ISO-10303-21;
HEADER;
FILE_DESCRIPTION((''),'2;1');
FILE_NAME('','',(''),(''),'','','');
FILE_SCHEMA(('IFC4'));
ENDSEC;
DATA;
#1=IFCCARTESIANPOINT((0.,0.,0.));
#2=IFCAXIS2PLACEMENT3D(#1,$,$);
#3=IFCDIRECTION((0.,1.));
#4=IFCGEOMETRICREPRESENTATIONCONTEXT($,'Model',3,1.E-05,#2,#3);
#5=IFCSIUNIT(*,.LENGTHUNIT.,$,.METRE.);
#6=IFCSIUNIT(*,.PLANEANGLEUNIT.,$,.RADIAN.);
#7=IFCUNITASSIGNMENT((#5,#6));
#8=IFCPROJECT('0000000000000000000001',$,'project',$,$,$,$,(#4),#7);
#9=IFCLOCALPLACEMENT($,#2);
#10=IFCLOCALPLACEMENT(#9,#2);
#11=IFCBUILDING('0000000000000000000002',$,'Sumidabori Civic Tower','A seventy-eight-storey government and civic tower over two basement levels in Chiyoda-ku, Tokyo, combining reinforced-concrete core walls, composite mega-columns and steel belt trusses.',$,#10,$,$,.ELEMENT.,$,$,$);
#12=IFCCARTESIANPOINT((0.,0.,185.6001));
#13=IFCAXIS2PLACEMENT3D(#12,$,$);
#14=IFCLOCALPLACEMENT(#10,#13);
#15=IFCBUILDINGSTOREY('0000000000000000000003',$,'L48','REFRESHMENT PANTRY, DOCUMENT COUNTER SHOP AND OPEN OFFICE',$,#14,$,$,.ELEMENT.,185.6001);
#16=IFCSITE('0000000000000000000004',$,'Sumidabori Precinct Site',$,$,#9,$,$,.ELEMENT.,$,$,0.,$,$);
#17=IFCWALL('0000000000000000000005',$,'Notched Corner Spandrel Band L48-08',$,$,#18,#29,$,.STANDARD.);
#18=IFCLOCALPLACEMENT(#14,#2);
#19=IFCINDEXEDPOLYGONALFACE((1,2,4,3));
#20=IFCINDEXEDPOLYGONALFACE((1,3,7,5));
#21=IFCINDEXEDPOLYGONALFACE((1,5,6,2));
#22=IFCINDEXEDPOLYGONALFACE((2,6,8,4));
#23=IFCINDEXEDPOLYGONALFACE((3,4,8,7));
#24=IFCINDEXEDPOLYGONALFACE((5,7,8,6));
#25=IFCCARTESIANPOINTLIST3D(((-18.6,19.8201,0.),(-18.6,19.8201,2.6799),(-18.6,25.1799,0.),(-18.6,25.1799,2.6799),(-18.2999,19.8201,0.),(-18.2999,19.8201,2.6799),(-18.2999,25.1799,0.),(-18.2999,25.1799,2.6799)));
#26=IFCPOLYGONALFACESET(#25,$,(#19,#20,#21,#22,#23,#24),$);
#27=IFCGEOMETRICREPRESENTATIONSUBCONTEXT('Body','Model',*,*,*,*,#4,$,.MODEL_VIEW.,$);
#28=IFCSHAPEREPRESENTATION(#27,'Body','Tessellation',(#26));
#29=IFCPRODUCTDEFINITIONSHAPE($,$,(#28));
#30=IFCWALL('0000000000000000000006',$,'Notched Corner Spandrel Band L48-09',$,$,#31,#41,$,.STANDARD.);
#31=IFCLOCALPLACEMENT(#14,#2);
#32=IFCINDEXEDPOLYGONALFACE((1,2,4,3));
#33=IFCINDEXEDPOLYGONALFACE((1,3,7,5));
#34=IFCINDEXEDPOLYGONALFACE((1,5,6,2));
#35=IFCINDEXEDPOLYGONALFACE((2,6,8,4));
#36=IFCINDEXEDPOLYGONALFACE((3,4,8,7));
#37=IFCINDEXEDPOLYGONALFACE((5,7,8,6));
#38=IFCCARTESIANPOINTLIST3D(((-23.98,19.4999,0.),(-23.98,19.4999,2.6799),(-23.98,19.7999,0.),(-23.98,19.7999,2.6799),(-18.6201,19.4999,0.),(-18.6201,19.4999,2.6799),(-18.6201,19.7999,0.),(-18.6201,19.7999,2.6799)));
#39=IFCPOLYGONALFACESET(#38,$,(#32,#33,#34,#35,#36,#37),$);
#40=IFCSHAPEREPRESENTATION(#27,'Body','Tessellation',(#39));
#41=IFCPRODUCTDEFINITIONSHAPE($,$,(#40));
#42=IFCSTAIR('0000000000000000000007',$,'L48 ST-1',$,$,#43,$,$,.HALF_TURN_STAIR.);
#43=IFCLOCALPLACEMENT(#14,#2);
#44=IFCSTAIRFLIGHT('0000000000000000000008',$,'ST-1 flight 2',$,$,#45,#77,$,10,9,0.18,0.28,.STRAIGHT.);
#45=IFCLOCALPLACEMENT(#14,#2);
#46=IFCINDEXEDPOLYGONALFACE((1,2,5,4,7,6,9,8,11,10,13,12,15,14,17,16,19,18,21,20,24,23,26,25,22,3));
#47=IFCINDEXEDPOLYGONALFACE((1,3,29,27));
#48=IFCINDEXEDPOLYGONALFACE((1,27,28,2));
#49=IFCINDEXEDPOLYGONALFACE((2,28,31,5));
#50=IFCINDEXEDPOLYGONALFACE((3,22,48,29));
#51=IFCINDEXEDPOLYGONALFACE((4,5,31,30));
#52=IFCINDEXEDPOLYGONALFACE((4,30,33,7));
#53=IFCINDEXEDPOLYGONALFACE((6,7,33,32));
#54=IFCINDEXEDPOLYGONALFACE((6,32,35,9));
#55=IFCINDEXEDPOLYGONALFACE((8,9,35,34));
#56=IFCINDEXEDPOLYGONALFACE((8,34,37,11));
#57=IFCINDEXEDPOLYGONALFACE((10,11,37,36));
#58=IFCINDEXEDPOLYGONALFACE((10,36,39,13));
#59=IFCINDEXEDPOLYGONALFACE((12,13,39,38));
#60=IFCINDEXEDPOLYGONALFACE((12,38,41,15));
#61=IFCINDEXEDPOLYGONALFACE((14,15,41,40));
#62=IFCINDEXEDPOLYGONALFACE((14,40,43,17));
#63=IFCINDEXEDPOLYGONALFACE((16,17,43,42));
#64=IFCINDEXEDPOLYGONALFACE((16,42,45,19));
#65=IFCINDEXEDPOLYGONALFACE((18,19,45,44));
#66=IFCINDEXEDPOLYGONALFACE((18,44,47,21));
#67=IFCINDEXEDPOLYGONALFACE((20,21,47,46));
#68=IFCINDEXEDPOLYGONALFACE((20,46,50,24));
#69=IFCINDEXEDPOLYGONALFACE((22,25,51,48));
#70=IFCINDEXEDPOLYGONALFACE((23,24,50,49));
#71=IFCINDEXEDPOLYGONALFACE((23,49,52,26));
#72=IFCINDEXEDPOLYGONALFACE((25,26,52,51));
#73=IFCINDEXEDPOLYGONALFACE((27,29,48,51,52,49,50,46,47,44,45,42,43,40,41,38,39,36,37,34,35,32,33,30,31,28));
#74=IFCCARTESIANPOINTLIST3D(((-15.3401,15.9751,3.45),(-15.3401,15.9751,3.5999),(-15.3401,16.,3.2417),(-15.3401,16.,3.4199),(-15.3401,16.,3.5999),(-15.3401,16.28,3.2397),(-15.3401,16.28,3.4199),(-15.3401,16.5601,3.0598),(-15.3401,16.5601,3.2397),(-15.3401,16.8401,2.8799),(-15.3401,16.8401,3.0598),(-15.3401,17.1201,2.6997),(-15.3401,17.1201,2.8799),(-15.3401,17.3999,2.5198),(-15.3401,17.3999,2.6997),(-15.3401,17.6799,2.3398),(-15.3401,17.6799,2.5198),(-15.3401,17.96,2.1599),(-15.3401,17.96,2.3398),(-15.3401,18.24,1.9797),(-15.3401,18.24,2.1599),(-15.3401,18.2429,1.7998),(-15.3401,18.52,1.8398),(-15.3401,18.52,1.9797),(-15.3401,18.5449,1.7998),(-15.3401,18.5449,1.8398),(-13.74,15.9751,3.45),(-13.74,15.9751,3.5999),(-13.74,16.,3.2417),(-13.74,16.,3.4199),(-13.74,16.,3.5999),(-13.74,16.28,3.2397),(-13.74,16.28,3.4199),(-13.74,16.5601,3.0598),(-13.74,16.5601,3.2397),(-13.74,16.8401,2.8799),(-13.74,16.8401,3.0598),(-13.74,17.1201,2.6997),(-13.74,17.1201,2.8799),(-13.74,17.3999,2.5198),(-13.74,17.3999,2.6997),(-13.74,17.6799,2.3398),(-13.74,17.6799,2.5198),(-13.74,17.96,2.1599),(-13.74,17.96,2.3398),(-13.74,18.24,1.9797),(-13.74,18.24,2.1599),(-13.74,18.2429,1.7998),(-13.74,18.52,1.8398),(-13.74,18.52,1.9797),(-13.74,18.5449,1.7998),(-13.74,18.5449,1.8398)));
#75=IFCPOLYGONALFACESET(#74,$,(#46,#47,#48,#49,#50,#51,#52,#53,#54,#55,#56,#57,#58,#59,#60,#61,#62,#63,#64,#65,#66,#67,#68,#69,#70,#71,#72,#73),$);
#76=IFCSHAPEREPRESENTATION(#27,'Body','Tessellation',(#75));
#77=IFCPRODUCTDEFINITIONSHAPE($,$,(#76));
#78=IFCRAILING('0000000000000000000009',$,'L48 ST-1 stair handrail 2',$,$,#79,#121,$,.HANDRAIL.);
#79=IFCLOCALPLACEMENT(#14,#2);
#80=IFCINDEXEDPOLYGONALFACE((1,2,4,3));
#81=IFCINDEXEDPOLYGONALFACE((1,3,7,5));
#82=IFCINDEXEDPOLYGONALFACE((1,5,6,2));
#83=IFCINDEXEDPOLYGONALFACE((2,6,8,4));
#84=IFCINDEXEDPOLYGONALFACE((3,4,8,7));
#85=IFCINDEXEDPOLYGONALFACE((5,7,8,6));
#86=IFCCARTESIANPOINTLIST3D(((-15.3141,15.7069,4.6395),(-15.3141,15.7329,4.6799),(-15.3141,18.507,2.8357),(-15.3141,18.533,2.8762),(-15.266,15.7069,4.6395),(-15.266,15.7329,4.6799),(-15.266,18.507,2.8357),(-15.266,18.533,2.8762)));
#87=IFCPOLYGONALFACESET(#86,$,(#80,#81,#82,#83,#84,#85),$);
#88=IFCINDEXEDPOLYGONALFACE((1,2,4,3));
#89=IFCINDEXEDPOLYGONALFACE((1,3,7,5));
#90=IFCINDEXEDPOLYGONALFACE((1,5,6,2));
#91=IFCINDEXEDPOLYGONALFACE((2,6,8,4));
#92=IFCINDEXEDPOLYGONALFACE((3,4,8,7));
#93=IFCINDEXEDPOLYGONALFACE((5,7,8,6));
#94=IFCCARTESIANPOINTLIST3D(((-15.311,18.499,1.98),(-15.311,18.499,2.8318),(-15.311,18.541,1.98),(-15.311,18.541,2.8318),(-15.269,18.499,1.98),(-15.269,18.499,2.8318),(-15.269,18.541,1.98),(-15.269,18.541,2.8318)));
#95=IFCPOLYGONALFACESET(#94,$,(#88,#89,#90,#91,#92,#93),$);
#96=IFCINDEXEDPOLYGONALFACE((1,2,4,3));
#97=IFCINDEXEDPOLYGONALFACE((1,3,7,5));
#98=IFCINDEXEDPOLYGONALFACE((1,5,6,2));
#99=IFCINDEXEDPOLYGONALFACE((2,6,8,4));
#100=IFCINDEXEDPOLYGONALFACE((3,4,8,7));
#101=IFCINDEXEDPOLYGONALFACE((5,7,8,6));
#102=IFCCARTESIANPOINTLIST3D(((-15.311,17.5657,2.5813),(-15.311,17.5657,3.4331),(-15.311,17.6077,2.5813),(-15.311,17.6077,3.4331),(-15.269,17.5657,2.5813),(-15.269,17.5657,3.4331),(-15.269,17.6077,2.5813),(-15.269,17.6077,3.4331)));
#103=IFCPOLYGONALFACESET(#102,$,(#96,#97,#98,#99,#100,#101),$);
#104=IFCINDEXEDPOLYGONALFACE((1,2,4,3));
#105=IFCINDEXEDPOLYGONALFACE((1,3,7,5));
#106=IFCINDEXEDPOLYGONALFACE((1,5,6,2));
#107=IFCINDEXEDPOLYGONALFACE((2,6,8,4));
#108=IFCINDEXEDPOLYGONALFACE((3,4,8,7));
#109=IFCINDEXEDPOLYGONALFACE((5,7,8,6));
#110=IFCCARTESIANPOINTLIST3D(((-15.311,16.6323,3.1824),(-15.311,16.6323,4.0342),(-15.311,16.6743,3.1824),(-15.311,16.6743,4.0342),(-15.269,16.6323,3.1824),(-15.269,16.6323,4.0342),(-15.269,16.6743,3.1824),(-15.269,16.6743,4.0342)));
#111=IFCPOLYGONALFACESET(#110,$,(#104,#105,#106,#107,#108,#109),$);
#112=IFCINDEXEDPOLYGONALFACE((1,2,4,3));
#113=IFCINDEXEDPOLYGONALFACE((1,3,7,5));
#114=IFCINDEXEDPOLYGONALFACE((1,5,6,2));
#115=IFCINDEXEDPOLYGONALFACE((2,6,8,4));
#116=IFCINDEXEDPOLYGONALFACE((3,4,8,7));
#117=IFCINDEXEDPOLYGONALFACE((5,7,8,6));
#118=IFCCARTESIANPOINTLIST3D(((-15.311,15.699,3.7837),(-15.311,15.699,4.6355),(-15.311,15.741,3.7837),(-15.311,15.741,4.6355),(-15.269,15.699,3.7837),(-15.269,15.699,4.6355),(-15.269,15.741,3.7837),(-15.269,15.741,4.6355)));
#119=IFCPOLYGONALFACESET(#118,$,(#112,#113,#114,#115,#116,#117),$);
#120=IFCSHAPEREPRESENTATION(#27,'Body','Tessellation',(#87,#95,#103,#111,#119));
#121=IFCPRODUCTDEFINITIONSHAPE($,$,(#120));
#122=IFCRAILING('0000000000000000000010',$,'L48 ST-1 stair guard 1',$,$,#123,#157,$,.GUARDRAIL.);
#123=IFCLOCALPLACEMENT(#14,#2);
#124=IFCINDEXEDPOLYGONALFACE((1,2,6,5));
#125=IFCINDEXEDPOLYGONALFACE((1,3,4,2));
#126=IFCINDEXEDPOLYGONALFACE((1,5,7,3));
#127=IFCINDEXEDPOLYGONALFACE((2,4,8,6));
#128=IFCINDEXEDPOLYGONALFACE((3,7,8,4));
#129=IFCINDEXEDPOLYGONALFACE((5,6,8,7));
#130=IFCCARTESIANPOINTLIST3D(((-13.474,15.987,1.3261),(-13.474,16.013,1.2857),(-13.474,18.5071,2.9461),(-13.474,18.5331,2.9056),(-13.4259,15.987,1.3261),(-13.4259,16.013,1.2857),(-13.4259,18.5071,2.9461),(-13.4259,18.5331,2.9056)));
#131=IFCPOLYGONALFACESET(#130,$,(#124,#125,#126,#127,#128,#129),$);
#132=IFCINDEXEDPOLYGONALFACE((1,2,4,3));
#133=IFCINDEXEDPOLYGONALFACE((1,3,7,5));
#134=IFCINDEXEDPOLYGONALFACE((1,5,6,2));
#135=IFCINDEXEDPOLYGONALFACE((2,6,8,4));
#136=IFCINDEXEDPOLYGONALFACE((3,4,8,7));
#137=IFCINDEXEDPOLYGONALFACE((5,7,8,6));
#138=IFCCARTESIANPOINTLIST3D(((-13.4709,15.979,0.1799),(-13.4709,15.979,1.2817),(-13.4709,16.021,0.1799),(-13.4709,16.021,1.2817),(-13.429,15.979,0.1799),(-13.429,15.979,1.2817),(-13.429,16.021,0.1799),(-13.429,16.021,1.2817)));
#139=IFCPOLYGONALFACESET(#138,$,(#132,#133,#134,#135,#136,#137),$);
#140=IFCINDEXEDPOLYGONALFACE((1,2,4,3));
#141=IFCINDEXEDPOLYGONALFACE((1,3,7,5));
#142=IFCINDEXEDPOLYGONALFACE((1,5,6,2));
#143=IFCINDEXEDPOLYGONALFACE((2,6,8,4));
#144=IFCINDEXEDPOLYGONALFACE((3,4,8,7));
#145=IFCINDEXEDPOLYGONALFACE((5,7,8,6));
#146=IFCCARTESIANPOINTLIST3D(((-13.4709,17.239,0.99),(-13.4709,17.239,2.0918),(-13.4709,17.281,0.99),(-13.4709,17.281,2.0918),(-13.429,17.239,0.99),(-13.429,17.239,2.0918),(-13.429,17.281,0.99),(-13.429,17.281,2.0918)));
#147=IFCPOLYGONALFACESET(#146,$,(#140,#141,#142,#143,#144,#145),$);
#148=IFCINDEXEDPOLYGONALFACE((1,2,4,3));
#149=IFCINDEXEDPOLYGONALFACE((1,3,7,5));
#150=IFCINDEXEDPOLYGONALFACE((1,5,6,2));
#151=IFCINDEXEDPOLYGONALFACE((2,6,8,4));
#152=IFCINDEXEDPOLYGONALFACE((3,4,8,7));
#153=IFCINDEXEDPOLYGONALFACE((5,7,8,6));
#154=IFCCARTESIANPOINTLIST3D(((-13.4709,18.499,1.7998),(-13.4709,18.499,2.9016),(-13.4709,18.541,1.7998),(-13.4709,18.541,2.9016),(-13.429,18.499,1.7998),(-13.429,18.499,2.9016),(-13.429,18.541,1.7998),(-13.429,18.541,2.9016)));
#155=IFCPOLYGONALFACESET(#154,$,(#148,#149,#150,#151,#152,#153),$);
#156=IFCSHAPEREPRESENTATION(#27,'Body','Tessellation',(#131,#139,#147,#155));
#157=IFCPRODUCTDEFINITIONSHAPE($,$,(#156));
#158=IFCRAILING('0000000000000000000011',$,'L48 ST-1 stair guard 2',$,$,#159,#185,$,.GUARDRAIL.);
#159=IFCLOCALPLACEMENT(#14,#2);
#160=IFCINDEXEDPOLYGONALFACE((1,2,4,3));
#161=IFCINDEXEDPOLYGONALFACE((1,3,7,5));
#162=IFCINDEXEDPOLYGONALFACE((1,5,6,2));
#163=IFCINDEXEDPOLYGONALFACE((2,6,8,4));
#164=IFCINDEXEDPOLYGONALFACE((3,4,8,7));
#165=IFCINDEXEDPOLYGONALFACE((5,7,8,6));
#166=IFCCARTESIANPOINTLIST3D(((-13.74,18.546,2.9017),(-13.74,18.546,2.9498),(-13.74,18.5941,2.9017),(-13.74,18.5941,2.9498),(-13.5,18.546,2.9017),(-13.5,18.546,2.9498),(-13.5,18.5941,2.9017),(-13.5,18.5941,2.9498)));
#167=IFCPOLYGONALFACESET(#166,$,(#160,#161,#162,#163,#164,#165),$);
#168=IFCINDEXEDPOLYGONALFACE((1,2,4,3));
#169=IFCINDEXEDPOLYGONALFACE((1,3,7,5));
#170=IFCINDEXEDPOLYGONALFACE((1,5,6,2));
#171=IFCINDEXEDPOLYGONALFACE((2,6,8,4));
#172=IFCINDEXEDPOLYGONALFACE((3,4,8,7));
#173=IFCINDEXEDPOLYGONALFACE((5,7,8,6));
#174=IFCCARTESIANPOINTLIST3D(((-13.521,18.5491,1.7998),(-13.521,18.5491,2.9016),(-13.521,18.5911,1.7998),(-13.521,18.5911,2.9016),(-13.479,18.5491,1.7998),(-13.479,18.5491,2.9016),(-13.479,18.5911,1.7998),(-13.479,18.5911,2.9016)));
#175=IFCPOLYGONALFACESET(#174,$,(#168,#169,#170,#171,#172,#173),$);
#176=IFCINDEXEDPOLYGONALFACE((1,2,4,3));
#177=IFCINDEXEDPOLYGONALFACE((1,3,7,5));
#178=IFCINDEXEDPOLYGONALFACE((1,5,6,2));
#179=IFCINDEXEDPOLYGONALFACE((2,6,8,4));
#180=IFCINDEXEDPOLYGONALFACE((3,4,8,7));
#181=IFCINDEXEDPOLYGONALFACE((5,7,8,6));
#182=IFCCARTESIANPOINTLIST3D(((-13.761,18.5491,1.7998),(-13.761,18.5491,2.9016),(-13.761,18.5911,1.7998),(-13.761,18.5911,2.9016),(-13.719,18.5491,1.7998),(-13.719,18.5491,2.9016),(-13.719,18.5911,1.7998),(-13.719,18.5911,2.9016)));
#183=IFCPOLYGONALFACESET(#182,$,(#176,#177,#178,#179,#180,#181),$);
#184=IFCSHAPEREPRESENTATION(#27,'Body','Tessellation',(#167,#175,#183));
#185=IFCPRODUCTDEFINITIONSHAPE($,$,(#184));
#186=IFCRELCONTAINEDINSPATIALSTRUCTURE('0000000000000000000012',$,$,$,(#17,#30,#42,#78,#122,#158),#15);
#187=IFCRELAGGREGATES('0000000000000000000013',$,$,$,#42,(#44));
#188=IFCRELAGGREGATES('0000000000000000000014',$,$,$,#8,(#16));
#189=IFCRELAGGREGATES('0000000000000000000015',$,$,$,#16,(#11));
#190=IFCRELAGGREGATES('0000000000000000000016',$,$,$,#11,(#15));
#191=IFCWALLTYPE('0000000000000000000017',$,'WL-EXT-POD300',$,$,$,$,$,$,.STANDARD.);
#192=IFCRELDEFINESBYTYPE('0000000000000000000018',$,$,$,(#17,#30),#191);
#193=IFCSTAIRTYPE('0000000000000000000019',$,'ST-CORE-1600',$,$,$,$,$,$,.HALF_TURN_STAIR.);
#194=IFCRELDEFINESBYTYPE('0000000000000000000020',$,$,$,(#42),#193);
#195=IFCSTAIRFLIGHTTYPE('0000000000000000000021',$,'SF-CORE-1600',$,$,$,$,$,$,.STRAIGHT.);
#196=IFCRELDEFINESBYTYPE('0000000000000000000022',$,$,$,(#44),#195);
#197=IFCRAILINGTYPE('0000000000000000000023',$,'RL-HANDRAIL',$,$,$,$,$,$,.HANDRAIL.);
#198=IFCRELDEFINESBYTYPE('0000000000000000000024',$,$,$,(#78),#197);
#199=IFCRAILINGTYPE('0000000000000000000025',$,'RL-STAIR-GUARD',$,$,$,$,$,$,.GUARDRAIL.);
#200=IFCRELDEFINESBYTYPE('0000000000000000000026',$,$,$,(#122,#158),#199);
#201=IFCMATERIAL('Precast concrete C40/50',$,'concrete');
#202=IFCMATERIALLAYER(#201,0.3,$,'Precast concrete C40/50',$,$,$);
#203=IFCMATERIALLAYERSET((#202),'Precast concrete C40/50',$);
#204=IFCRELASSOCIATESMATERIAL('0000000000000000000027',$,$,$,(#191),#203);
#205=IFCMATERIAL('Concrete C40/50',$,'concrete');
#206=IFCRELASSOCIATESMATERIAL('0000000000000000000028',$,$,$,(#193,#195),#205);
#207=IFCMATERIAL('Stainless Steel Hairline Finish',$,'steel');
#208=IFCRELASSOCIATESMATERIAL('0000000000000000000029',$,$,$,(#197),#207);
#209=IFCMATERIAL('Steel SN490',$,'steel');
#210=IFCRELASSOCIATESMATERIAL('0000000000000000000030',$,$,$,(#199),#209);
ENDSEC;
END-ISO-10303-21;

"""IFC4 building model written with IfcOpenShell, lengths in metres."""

from ifc_helpers import new_model, si_unit, direction, frame, frame_2d, origin, origin_2d, place, context, subcontext, project, spatial, polyline, rectangle, outline, extrude, source, transform, mapped, material, layer, layer_set, type_object, element, aggregate, save


model = new_model("IFC4")

# Units and contexts
model_context = context("Model", 3, precision=1e-05, world=origin(), true_north=direction((0.0, 1.0)))
body_context = subcontext(model_context, "Body", "Model", "MODEL_VIEW")
ifc_project = project(units=[si_unit("LENGTHUNIT", "METRE"), si_unit("PLANEANGLEUNIT", "RADIAN")], contexts=[model_context])

# Site, building, storey
site_placement = place(None, origin())
site = spatial("IfcSite", under=ifc_project, at=site_placement, Name="Sumidabori Precinct Site", CompositionType="ELEMENT", RefElevation=0.0)
building_placement = place(site_placement, origin())
building = spatial("IfcBuilding", under=site, at=building_placement, Name="Sumidabori Civic Tower", Description="A seventy-eight-storey government and civic tower over two basement levels in Chiyoda-ku, Tokyo, combining reinforced-concrete core walls, composite mega-columns and steel belt trusses.", CompositionType="ELEMENT")
storey_placement = place(building_placement, frame((0.0, 0.0, 185.6001)))
storey = spatial("IfcBuildingStorey", under=building, at=storey_placement, Name="L48", Description="REFRESHMENT PANTRY, DOCUMENT COUNTER SHOP AND OPEN OFFICE", CompositionType="ELEMENT", Elevation=185.6001)

# Shared definitions
ifc_material_1 = material(Name="Steel SN490", Category="steel")

# Walls
ifc_material_2 = material(Name="Precast concrete C40/50", Category="concrete")
ifc_layer_1 = layer(ifc_material_2, 0.3, Name="Precast concrete C40/50")
ifc_layer_set_1 = layer_set([ifc_layer_1], Name="Precast concrete C40/50")
wall_type_1 = type_object("IfcWallType", Name="WL-EXT-POD300", PredefinedType="STANDARD", material=ifc_layer_set_1)
shared_shape_1 = source(origin(), body_context, "Body", "SweptSolid", [
    extrude(rectangle(XDim=5.3599, YDim=0.3, at=frame_2d((2.6799, 0.0))), origin(), (0.0, 0.0, 1.0), 2.6799),
])
for number, where, z_axis, x_axis, name in (
    (1, (-18.45, 25.1799, 0.0), (0.0, 0.0, 1.0), (0.0, -1.0, 0.0), "Notched Corner Spandrel Band L48-08"),
    (2, (-18.6201, 19.6499, 0.0), (0.0, 0.0, 1.0), (-1.0, 0.0, 0.0), "Notched Corner Spandrel Band L48-09"),
):
    element("IfcWall", number, at=place(storey_placement, frame(where, z_axis=z_axis, x_axis=x_axis)), inside=storey, type_object=wall_type_1, Name=name, PredefinedType="STANDARD", context=body_context, shape_type="MappedRepresentation", body=[
        mapped(shared_shape_1, transform((0.0, 0.0, 0.0), x_axis=(1.0, 0.0, 0.0), y_axis=(0.0, 1.0, 0.0), z_axis=(0.0, 0.0, 1.0), scale=1.0)),
    ])

# Stair, stair flight
ifc_material_3 = material(Name="Concrete C40/50", Category="concrete")
stair_type = type_object("IfcStairType", Name="ST-CORE-1600", PredefinedType="HALF_TURN_STAIR", material=ifc_material_3)
stair_placement = place(storey_placement, origin())
stair = element("IfcStair", 3, at=stair_placement, inside=storey, type_object=stair_type, Name="L48 ST-1", PredefinedType="HALF_TURN_STAIR")
stair_flight_type = type_object("IfcStairFlightType", Name="SF-CORE-1600", PredefinedType="STRAIGHT", material=ifc_material_3)
shared_shape_2 = source(origin(), body_context, "Body", "SweptSolid", [
    extrude(outline(polyline([(-0.0249, 0.0), (-0.0249, 0.04), (0.0, 0.04), (0.0, 0.1799), (0.28, 0.1799), (0.28, 0.3601), (0.5601, 0.3601), (0.5601, 0.54), (0.8401, 0.54), (0.8401, 0.72), (1.1201, 0.72), (1.1201, 0.8999), (1.3999, 0.8999), (1.3999, 1.0801), (1.6799, 1.0801), (1.6799, 1.26), (1.96, 1.26), (1.96, 1.4399), (2.24, 1.4399), (2.24, 1.6201), (2.52, 1.6201), (2.52, 1.8), (2.5449, 1.8), (2.5449, 1.6501), (2.52, 1.4419), (0.2771, 0.0), (-0.0249, 0.0)])), frame((0.0, 0.8, 0.0), z_axis=(0.0, -1.0, 0.0), x_axis=(1.0, 0.0, 0.0)), (0.0, 0.0, 1.0), 1.6001),
])
stair_flight_placement = place(storey_placement, frame((-14.54, 18.52, 1.7998), z_axis=(0.0, 0.0, 1.0), x_axis=(0.0, -1.0, 0.0)))
stair_flight = element("IfcStairFlight", 4, at=stair_flight_placement, type_object=stair_flight_type, Name="ST-1 flight 2", NumberOfRisers=10, NumberOfTreads=9, PredefinedType="STRAIGHT", RiserHeight=0.18, TreadLength=0.28, context=body_context, shape_type="MappedRepresentation", body=[
    mapped(shared_shape_2, transform((0.0, 0.0, 0.0), x_axis=(1.0, 0.0, 0.0), y_axis=(0.0, 1.0, 0.0), z_axis=(0.0, 0.0, 1.0), scale=1.0)),
])
aggregate(stair, [stair_flight])

# Railings
ifc_material_4 = material(Name="Stainless Steel Hairline Finish", Category="steel")
railing_type_1 = type_object("IfcRailingType", Name="RL-HANDRAIL", PredefinedType="HANDRAIL", material=ifc_material_4)
railing_1_placement = place(storey_placement, frame((-15.29, 18.52, 1.98)))
element("IfcRailing", 5, at=railing_1_placement, inside=storey, type_object=railing_type_1, Name="L48 ST-1 stair handrail 2", PredefinedType="HANDRAIL", context=body_context, shape_type="SweptSolid", body=[
    extrude(rectangle(XDim=0.0481, YDim=0.0481, at=origin_2d()), frame((0.0, 0.0, 0.876), z_axis=(0.0, -0.840676, 0.541539), x_axis=(1.0, 0.0, 0.0)), (0.0, 0.0, 1.0), 3.3308),
    extrude(rectangle(XDim=0.042, YDim=0.042, at=origin_2d()), origin(), (0.0, 0.0, 1.0), 0.8518),
    extrude(rectangle(XDim=0.042, YDim=0.042, at=origin_2d()), frame((0.0, -0.9333, 0.6013)), (0.0, 0.0, 1.0), 0.8518),
    extrude(rectangle(XDim=0.042, YDim=0.042, at=origin_2d()), frame((0.0, -1.8667, 1.2024)), (0.0, 0.0, 1.0), 0.8518),
    extrude(rectangle(XDim=0.042, YDim=0.042, at=origin_2d()), frame((0.0, -2.8, 1.8037)), (0.0, 0.0, 1.0), 0.8518),
])
railing_type_2 = type_object("IfcRailingType", Name="RL-STAIR-GUARD", PredefinedType="GUARDRAIL", material=ifc_material_1)
railing_2_placement = place(storey_placement, frame((-13.45, 16.0, 0.1799)))
element("IfcRailing", 6, at=railing_2_placement, inside=storey, type_object=railing_type_2, Name="L48 ST-1 stair guard 1", PredefinedType="GUARDRAIL", context=body_context, shape_type="SweptSolid", body=[
    extrude(rectangle(XDim=0.0481, YDim=0.0481, at=origin_2d()), frame((0.0, 0.0, 1.126), z_axis=(0.0, 0.8412, 0.540725), x_axis=(-1.0, 0.0, 0.0)), (0.0, 0.0, 1.0), 2.9958),
    extrude(rectangle(XDim=0.042, YDim=0.042, at=origin_2d()), origin(), (0.0, 0.0, 1.0), 1.1018),
    extrude(rectangle(XDim=0.042, YDim=0.042, at=origin_2d()), frame((0.0, 1.26, 0.8101)), (0.0, 0.0, 1.0), 1.1018),
    extrude(rectangle(XDim=0.042, YDim=0.042, at=origin_2d()), frame((0.0, 2.52, 1.6199)), (0.0, 0.0, 1.0), 1.1018),
])
railing_3_placement = place(storey_placement, frame((-13.5, 18.5701, 1.7998)))
element("IfcRailing", 7, at=railing_3_placement, inside=storey, type_object=railing_type_2, Name="L48 ST-1 stair guard 2", PredefinedType="GUARDRAIL", context=body_context, shape_type="SweptSolid", body=[
    extrude(rectangle(XDim=0.0481, YDim=0.0481, at=origin_2d()), frame((0.0, 0.0, 1.126), z_axis=(-1.0, 0.0, 0.0), x_axis=(0.0, -1.0, 0.0)), (0.0, 0.0, 1.0), 0.24),
    extrude(rectangle(XDim=0.042, YDim=0.042, at=origin_2d()), origin(), (0.0, 0.0, 1.0), 1.1018),
    extrude(rectangle(XDim=0.042, YDim=0.042, at=origin_2d()), frame((-0.24, 0.0, 0.0)), (0.0, 0.0, 1.0), 1.1018),
])

save(model, "model.ifc")
